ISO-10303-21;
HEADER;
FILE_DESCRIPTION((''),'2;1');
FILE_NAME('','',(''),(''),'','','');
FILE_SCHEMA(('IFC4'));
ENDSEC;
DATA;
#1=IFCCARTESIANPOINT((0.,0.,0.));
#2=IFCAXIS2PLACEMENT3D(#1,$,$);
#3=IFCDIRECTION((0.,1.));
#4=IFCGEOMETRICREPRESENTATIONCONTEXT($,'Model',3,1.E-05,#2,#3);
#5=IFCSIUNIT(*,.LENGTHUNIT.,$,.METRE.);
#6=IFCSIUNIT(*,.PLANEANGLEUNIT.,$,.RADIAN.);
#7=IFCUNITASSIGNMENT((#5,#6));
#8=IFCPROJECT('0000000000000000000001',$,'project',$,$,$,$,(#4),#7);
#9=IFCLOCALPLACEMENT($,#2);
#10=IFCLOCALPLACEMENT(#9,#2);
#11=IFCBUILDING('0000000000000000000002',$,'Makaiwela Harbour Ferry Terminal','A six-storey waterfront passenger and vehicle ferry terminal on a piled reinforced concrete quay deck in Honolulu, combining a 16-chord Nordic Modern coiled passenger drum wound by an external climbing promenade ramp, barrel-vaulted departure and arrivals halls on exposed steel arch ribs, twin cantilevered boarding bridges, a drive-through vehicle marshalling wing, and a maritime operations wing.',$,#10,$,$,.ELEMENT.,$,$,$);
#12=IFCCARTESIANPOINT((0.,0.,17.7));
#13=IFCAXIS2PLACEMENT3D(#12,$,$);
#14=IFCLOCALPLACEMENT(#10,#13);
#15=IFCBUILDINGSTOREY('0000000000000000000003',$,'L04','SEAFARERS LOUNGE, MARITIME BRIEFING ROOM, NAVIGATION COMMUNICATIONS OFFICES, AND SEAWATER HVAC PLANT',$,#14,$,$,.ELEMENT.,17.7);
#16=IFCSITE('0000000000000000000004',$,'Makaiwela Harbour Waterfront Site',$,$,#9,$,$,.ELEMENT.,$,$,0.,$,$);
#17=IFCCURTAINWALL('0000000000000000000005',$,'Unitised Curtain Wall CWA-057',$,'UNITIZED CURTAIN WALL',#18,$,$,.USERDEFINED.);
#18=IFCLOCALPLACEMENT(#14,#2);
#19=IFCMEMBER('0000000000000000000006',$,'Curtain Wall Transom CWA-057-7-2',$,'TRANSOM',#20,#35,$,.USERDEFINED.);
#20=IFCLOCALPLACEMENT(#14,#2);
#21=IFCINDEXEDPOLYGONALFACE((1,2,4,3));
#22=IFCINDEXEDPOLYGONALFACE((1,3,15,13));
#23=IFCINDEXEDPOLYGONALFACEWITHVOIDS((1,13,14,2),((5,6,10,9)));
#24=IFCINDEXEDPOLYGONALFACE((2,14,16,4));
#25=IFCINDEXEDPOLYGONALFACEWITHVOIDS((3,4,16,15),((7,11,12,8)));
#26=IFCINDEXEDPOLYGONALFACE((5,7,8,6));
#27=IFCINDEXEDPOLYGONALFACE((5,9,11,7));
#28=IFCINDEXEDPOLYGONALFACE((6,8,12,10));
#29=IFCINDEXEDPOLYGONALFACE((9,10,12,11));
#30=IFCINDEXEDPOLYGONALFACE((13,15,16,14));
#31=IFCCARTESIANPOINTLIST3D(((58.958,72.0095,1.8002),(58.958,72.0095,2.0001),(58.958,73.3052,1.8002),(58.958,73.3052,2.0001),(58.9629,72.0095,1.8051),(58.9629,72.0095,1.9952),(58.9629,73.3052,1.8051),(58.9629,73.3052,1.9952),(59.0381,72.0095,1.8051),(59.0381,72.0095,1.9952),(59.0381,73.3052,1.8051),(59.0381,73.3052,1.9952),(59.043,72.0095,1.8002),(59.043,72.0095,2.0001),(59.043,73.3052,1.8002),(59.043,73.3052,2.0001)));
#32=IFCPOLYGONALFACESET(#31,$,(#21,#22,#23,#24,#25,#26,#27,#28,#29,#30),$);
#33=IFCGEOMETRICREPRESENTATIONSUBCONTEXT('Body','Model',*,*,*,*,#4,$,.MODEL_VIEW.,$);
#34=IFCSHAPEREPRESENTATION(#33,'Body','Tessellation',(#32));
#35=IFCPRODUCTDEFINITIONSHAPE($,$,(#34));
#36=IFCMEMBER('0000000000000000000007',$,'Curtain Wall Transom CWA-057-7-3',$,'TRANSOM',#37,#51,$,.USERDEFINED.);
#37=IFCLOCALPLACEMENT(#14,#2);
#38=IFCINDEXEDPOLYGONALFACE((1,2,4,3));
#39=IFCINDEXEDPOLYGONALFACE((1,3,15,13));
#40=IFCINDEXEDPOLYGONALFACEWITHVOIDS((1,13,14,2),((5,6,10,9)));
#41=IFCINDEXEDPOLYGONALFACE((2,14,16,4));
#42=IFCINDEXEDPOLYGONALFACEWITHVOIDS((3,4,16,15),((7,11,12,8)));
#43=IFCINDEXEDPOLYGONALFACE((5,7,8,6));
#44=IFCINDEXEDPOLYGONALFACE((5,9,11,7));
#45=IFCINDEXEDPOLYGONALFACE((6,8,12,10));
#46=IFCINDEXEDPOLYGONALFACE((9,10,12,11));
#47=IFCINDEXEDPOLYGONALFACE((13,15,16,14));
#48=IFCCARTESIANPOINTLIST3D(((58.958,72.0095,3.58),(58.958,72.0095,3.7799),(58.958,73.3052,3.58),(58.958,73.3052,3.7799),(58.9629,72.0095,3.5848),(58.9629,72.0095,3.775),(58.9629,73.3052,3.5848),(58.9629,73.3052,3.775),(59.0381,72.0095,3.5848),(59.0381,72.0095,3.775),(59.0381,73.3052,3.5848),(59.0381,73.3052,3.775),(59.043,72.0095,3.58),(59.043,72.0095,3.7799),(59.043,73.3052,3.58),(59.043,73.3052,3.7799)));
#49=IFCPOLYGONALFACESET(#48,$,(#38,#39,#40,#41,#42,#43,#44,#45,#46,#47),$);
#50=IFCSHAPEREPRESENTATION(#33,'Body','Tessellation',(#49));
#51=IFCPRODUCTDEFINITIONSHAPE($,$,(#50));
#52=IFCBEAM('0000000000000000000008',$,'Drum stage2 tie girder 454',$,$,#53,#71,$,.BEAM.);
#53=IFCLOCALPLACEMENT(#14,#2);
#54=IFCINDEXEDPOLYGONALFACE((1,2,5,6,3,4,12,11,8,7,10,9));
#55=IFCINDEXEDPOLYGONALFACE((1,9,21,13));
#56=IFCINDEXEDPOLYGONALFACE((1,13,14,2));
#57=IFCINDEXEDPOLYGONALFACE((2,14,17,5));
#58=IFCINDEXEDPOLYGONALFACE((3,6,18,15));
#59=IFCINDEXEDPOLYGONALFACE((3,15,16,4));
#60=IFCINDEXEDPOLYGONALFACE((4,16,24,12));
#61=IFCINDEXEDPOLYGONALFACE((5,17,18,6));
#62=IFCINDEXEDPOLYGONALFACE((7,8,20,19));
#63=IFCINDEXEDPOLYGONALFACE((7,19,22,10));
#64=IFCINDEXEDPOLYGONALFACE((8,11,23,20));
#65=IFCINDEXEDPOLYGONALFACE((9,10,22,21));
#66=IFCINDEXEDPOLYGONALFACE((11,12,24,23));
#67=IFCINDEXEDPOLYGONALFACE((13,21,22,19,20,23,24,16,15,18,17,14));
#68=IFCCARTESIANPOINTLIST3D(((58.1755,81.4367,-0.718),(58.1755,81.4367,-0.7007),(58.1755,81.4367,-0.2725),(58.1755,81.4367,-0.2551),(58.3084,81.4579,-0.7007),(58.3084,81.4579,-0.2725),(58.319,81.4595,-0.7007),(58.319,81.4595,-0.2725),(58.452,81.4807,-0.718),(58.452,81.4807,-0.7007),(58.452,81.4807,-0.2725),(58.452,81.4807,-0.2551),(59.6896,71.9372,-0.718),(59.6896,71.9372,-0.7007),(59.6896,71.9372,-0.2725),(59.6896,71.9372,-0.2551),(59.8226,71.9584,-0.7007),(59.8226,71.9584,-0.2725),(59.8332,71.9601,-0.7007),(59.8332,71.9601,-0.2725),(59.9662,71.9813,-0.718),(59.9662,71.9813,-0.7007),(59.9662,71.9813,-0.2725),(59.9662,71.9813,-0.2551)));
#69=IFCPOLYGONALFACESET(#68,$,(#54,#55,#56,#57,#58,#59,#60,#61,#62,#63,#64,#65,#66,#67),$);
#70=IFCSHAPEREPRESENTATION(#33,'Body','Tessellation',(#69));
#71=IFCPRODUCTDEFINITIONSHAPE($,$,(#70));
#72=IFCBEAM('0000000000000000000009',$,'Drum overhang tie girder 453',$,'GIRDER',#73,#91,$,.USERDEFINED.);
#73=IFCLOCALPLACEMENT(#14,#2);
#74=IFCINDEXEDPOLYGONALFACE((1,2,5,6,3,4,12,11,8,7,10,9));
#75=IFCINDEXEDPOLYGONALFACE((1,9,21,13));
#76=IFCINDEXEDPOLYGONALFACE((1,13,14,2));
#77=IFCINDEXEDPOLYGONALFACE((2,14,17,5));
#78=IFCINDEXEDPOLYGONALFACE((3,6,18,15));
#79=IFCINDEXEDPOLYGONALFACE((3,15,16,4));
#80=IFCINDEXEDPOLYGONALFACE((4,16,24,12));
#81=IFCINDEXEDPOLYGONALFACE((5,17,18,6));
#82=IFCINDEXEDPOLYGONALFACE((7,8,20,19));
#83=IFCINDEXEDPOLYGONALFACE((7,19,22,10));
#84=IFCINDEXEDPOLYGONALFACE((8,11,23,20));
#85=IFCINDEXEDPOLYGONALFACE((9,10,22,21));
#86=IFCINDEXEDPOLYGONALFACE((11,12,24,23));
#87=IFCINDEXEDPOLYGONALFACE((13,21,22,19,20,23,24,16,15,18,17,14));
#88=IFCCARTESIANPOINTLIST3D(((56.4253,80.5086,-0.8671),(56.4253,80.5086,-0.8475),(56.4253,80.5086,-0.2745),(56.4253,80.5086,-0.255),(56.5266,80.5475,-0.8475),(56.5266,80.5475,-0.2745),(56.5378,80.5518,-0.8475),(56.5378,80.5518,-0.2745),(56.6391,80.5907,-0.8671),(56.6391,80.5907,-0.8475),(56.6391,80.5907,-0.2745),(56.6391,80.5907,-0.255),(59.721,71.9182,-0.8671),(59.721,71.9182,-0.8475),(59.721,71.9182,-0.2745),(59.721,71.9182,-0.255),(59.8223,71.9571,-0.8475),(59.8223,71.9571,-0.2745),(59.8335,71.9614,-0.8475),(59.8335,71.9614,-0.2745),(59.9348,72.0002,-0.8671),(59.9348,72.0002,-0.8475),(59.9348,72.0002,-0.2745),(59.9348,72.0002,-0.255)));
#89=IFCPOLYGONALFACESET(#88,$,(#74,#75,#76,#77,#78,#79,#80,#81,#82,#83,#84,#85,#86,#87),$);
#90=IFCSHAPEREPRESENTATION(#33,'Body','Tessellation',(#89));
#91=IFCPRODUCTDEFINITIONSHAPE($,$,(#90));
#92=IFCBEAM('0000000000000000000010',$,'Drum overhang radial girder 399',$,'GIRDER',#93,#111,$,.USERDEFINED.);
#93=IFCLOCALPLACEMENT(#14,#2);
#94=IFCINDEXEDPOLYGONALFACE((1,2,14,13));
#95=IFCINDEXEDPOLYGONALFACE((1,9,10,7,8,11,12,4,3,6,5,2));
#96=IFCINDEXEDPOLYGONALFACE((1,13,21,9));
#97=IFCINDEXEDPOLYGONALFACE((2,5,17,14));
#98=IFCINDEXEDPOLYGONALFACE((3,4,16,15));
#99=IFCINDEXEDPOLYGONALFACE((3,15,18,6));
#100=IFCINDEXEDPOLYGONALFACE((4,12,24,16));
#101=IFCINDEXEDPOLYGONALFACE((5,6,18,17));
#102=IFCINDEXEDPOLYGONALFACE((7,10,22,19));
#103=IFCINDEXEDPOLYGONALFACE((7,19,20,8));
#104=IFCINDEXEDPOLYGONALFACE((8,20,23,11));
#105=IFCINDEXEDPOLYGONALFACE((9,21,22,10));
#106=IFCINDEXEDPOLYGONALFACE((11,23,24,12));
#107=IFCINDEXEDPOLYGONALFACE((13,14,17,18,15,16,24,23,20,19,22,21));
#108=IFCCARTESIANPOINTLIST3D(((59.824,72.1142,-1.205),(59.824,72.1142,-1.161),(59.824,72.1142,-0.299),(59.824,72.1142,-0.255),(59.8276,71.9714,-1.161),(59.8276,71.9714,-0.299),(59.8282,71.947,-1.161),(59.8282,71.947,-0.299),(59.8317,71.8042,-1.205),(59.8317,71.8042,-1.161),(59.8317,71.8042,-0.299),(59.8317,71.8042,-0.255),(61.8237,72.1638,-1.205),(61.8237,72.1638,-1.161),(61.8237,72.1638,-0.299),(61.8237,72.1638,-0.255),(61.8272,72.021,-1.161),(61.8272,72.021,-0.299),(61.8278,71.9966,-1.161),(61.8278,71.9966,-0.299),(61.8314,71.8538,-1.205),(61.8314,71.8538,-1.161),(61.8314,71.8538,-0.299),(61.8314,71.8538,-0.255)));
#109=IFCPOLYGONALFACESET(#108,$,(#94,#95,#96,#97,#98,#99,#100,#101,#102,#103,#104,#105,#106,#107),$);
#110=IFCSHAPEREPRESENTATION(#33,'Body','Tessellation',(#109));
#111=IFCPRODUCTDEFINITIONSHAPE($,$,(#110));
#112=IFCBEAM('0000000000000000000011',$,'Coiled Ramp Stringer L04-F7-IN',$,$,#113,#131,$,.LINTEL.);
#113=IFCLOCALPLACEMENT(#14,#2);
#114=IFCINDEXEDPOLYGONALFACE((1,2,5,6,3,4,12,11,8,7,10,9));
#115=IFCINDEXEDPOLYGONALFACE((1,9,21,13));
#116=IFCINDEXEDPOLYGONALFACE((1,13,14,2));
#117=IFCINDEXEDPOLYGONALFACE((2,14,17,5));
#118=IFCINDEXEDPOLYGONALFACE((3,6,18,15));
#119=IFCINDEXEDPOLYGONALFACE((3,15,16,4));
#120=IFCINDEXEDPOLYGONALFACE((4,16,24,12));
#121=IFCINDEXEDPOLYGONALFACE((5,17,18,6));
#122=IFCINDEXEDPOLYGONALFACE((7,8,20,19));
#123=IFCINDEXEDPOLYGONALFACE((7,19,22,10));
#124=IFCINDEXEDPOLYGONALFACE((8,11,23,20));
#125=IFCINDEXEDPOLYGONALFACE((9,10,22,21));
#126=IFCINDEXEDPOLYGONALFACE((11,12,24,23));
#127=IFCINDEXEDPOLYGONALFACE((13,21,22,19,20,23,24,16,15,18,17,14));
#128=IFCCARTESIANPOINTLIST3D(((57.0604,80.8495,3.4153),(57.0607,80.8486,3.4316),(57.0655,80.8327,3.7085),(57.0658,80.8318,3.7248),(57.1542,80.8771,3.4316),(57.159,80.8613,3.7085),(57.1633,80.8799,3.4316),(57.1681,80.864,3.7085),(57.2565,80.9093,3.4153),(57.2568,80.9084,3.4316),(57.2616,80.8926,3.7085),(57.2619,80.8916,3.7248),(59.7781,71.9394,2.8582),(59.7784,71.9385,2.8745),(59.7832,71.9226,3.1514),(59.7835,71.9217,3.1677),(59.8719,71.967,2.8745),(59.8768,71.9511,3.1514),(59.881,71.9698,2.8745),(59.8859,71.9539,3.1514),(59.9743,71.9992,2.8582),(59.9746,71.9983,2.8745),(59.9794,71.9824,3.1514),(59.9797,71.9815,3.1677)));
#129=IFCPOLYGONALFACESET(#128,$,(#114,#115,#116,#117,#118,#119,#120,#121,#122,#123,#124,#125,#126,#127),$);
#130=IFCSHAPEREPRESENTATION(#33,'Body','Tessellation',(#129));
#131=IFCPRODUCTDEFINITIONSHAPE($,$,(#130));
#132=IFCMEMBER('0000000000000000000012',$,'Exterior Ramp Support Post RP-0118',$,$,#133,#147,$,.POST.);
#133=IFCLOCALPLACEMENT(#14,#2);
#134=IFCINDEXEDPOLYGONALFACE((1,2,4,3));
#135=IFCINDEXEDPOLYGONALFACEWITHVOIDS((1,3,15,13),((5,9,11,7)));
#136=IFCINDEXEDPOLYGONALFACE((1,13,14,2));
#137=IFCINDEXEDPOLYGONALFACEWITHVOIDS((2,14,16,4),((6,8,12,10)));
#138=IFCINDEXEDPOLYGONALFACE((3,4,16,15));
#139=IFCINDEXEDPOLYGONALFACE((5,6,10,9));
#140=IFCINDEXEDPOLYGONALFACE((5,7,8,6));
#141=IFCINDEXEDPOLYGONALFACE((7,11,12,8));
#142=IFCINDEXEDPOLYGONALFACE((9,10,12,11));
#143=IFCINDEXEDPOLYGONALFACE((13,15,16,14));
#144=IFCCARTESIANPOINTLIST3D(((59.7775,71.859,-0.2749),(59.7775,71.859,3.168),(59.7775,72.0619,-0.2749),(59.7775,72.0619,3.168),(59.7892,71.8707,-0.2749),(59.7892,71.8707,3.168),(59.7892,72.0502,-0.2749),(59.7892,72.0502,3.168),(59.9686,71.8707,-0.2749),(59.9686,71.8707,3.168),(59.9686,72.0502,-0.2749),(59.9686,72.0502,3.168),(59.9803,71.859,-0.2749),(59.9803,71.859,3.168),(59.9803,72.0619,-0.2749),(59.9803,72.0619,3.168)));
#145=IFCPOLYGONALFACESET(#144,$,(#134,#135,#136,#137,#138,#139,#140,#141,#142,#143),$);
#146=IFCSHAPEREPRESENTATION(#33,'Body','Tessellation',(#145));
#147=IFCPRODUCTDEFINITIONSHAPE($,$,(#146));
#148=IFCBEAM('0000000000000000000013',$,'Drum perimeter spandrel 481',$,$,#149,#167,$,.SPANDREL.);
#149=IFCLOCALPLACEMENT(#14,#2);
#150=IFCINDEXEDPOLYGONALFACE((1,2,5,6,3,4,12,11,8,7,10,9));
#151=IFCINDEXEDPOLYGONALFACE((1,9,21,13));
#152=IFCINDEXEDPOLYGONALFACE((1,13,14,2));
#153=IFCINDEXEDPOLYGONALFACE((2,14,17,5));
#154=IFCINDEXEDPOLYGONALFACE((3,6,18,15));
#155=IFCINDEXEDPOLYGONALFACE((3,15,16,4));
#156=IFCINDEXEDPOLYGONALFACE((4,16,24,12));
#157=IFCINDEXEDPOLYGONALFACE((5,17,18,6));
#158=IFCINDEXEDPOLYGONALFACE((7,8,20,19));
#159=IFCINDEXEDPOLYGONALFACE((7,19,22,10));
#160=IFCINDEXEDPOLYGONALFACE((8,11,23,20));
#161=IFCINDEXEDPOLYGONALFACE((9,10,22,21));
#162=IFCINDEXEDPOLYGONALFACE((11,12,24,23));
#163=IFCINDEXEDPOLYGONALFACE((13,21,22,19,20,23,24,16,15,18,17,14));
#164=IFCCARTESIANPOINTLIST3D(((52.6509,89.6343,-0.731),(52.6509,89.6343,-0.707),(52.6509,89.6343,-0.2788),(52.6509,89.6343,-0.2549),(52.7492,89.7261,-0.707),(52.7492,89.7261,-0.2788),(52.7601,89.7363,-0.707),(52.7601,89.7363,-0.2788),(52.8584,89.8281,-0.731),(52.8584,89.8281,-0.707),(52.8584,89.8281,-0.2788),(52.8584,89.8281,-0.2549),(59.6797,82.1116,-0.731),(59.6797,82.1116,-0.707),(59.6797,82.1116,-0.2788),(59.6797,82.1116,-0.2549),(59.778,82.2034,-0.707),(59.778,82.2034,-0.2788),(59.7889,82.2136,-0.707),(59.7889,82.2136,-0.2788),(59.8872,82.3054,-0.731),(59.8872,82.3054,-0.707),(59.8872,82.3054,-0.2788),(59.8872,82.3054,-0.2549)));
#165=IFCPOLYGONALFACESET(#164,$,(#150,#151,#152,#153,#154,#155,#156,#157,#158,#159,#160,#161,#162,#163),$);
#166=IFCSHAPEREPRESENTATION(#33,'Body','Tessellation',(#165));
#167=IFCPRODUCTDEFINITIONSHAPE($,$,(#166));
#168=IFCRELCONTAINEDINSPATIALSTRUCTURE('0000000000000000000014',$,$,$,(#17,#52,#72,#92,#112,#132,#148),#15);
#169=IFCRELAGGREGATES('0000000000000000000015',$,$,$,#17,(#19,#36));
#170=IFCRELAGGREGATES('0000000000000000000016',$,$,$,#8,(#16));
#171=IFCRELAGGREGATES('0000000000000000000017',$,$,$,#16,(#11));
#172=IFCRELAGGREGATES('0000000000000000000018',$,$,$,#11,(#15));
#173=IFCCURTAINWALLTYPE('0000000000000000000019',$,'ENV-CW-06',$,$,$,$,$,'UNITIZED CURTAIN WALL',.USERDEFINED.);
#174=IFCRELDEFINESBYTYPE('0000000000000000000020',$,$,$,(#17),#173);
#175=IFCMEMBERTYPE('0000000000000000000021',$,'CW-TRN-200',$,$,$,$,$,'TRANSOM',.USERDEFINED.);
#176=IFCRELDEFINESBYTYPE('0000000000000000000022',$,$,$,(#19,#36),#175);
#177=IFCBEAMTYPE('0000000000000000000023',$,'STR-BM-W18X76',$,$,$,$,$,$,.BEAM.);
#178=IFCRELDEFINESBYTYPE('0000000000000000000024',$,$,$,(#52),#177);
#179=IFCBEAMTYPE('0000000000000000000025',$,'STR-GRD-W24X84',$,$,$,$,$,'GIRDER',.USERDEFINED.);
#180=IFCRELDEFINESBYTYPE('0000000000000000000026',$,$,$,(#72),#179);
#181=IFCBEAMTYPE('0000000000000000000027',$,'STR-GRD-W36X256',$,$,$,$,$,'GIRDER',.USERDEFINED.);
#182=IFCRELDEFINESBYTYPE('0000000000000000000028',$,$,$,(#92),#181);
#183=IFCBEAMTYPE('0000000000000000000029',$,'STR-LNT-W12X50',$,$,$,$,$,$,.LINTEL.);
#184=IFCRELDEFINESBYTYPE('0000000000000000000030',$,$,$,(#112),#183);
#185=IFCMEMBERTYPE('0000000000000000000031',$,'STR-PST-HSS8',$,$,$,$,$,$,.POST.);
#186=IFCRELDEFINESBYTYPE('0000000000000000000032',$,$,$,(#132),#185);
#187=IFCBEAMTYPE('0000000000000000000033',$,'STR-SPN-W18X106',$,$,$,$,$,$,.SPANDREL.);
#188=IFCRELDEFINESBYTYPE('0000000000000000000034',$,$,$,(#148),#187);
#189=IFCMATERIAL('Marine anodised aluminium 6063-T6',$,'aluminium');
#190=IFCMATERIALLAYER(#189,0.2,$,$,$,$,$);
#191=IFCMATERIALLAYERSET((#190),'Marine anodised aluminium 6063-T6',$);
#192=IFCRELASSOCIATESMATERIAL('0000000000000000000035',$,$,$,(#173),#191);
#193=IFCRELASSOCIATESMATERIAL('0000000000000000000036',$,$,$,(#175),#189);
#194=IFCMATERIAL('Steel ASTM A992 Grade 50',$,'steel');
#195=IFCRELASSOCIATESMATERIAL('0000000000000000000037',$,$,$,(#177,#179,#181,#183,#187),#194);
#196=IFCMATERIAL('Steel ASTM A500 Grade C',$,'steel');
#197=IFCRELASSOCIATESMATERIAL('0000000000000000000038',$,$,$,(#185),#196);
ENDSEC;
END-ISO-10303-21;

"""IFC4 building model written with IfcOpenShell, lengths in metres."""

from ifc_helpers import new_model, si_unit, direction, frame, origin, origin_2d, place, context, subcontext, project, spatial, hollow_rectangle, i_section, extrude, material, layer, layer_set, material_profile, profile_set, type_object, element, aggregate, save


model = new_model("IFC4")

# Units and contexts
model_context = context("Model", 3, precision=1e-05, world=origin(), true_north=direction((0.0, 1.0)))
body_context = subcontext(model_context, "Body", "Model", "MODEL_VIEW")
ifc_project = project(units=[si_unit("LENGTHUNIT", "METRE"), si_unit("PLANEANGLEUNIT", "RADIAN")], contexts=[model_context])

# Site, building, storey
site_placement = place(None, origin())
site = spatial("IfcSite", under=ifc_project, at=site_placement, Name="Makaiwela Harbour Waterfront Site", CompositionType="ELEMENT", RefElevation=0.0)
building_placement = place(site_placement, origin())
building = spatial("IfcBuilding", under=site, at=building_placement, Name="Makaiwela Harbour Ferry Terminal", Description="A six-storey waterfront passenger and vehicle ferry terminal on a piled reinforced concrete quay deck in Honolulu, combining a 16-chord Nordic Modern coiled passenger drum wound by an external climbing promenade ramp, barrel-vaulted departure and arrivals halls on exposed steel arch ribs, twin cantilevered boarding bridges, a drive-through vehicle marshalling wing, and a maritime operations wing.", CompositionType="ELEMENT")
storey_placement = place(building_placement, frame((0.0, 0.0, 17.7)))
storey = spatial("IfcBuildingStorey", under=building, at=storey_placement, Name="L04", Description="SEAFARERS LOUNGE, MARITIME BRIEFING ROOM, NAVIGATION COMMUNICATIONS OFFICES, AND SEAWATER HVAC PLANT", CompositionType="ELEMENT", Elevation=17.7)

# Curtain wall, members
ifc_material_1 = material(Name="Marine anodised aluminium 6063-T6", Category="aluminium")
ifc_layer_1 = layer(ifc_material_1, 0.2)
ifc_layer_set_1 = layer_set([ifc_layer_1], Name="Marine anodised aluminium 6063-T6")
curtain_wall_type = type_object("IfcCurtainWallType", Name="ENV-CW-06", ElementType="UNITIZED CURTAIN WALL", PredefinedType="USERDEFINED", material=ifc_layer_set_1)
curtain_wall_placement = place(storey_placement, origin())
curtain_wall = element("IfcCurtainWall", 1, at=curtain_wall_placement, inside=storey, type_object=curtain_wall_type, Name="Unitised Curtain Wall CWA-057", ObjectType="UNITIZED CURTAIN WALL", PredefinedType="USERDEFINED")
ifc_material_profile_1 = material_profile(ifc_material_1, hollow_rectangle(XDim=0.085, YDim=0.2, WallThickness=0.0049, at=origin_2d()), Name="CWT-200X85")
ifc_profile_set_1 = profile_set([ifc_material_profile_1], Name="Marine anodised aluminium 6063-T6")
member_type_1 = type_object("IfcMemberType", Name="CW-TRN-200", ElementType="TRANSOM", PredefinedType="USERDEFINED", material=ifc_profile_set_1)
member_1_placement = place(storey_placement, frame((59.0005, 72.0095, 1.9001), z_axis=(0.0, 1.0, 0.0), x_axis=(-1.0, 0.0, 0.0)))
member_1 = element("IfcMember", 2, at=member_1_placement, type_object=member_type_1, Name="Curtain Wall Transom CWA-057-7-2", ObjectType="TRANSOM", PredefinedType="USERDEFINED", context=body_context, shape_type="SweptSolid", body=[
    extrude(hollow_rectangle(XDim=0.085, YDim=0.2, WallThickness=0.0049, at=origin_2d()), origin(), (0.0, 0.0, 1.0), 1.2957),
])
member_2_placement = place(storey_placement, frame((59.0005, 72.0095, 3.6799), z_axis=(0.0, 1.0, 0.0), x_axis=(-1.0, 0.0, 0.0)))
member_2 = element("IfcMember", 3, at=member_2_placement, type_object=member_type_1, Name="Curtain Wall Transom CWA-057-7-3", ObjectType="TRANSOM", PredefinedType="USERDEFINED", context=body_context, shape_type="SweptSolid", body=[
    extrude(hollow_rectangle(XDim=0.085, YDim=0.2, WallThickness=0.0049, at=origin_2d()), origin(), (0.0, 0.0, 1.0), 1.2957),
])

# Beams
ifc_material_2 = material(Name="Steel ASTM A992 Grade 50", Category="steel")
ifc_material_profile_2 = material_profile(ifc_material_2, i_section(OverallWidth=0.28, OverallDepth=0.4629, WebThickness=0.0107, FlangeThickness=0.0173, at=origin_2d()), Name="W18X76")
ifc_profile_set_2 = profile_set([ifc_material_profile_2], Name="Steel ASTM A992 Grade 50")
beam_type_1 = type_object("IfcBeamType", Name="STR-BM-W18X76", PredefinedType="BEAM", material=ifc_profile_set_2)
beam_1_placement = place(storey_placement, frame((59.8279, 71.9592, -0.4866), z_axis=(-0.157406, 0.987534, 0.0), x_axis=(-0.987534, -0.157406, 0.0)))
element("IfcBeam", 4, at=beam_1_placement, inside=storey, type_object=beam_type_1, Name="Drum stage2 tie girder 454", PredefinedType="BEAM", context=body_context, shape_type="SweptSolid", body=[
    extrude(i_section(OverallWidth=0.28, OverallDepth=0.4629, WebThickness=0.0107, FlangeThickness=0.0173, at=origin_2d()), origin(), (0.0, 0.0, 1.0), 9.6194),
])
ifc_material_profile_3 = material_profile(ifc_material_2, i_section(OverallWidth=0.229, OverallDepth=0.6121, WebThickness=0.012, FlangeThickness=0.0195, at=origin_2d()), Name="W24X84")
ifc_profile_set_3 = profile_set([ifc_material_profile_3], Name="Steel ASTM A992 Grade 50")
beam_type_2 = type_object("IfcBeamType", Name="STR-GRD-W24X84", ElementType="GIRDER", PredefinedType="USERDEFINED", material=ifc_profile_set_3)
beam_2_placement = place(storey_placement, frame((59.8279, 71.9592, -0.561), z_axis=(-0.358191, 0.933648, 0.0), x_axis=(-0.933648, -0.358191, 0.0)))
element("IfcBeam", 5, at=beam_2_placement, inside=storey, type_object=beam_type_2, Name="Drum overhang tie girder 453", ObjectType="GIRDER", PredefinedType="USERDEFINED", context=body_context, shape_type="SweptSolid", body=[
    extrude(i_section(OverallWidth=0.229, OverallDepth=0.6121, WebThickness=0.012, FlangeThickness=0.0195, at=origin_2d()), origin(), (0.0, 0.0, 1.0), 9.2009),
])
ifc_material_profile_4 = material_profile(ifc_material_2, i_section(OverallWidth=0.3101, OverallDepth=0.95, WebThickness=0.0244, FlangeThickness=0.0439, at=origin_2d()), Name="W36X256")
ifc_profile_set_4 = profile_set([ifc_material_profile_4], Name="Steel ASTM A992 Grade 50")
beam_type_3 = type_object("IfcBeamType", Name="STR-GRD-W36X256", ElementType="GIRDER", PredefinedType="USERDEFINED", material=ifc_profile_set_4)
beam_3_placement = place(storey_placement, frame((59.8279, 71.9592, -0.73), z_axis=(0.999693, 0.024779, 0.0), x_axis=(-0.024779, 0.999693, 0.0)))
element("IfcBeam", 6, at=beam_3_placement, inside=storey, type_object=beam_type_3, Name="Drum overhang radial girder 399", ObjectType="GIRDER", PredefinedType="USERDEFINED", context=body_context, shape_type="SweptSolid", body=[
    extrude(i_section(OverallWidth=0.3101, OverallDepth=0.95, WebThickness=0.0244, FlangeThickness=0.0439, at=origin_2d()), origin(), (0.0, 0.0, 1.0), 2.0002),
])
ifc_material_profile_5 = material_profile(ifc_material_2, i_section(OverallWidth=0.2051, OverallDepth=0.3101, WebThickness=0.0095, FlangeThickness=0.0164, at=origin_2d()), Name="W12X50")
ifc_profile_set_5 = profile_set([ifc_material_profile_5], Name="Steel ASTM A992 Grade 50")
beam_type_4 = type_object("IfcBeamType", Name="STR-LNT-W12X50", PredefinedType="LINTEL", material=ifc_profile_set_5)
beam_4_placement = place(storey_placement, frame((59.8789, 71.9604, 3.0129), z_axis=(-0.291229, 0.954789, 0.0597), x_axis=(-0.956495, -0.29175, 0.0)))
element("IfcBeam", 7, at=beam_4_placement, inside=storey, type_object=beam_type_4, Name="Coiled Ramp Stringer L04-F7-IN", PredefinedType="LINTEL", context=body_context, shape_type="SweptSolid", body=[
    extrude(i_section(OverallWidth=0.2051, OverallDepth=0.3101, WebThickness=0.0095, FlangeThickness=0.0164, at=origin_2d()), origin(), (0.0, 0.0, 1.0), 9.332),
])

# Member
ifc_material_3 = material(Name="Steel ASTM A500 Grade C", Category="steel")
ifc_material_profile_6 = material_profile(ifc_material_3, hollow_rectangle(XDim=0.2029, YDim=0.2029, WallThickness=0.0117, at=origin_2d()), Name="HSS8X8X1/2")
ifc_profile_set_6 = profile_set([ifc_material_profile_6], Name="Steel ASTM A500 Grade C")
member_type_2 = type_object("IfcMemberType", Name="STR-PST-HSS8", PredefinedType="POST", material=ifc_profile_set_6)
member_3_placement = place(storey_placement, frame((59.8789, 71.9604, -0.2749), z_axis=(0.0, 0.0, 1.0), x_axis=(1.0, 0.0, 0.0)))
element("IfcMember", 8, at=member_3_placement, inside=storey, type_object=member_type_2, Name="Exterior Ramp Support Post RP-0118", PredefinedType="POST", context=body_context, shape_type="SweptSolid", body=[
    extrude(hollow_rectangle(XDim=0.2029, YDim=0.2029, WallThickness=0.0117, at=origin_2d()), origin(), (0.0, 0.0, 1.0), 3.4429),
])

# Beam
ifc_material_profile_7 = material_profile(ifc_material_2, i_section(OverallWidth=0.2839, OverallDepth=0.4761, WebThickness=0.0149, FlangeThickness=0.0239, at=origin_2d()), Name="W18X106")
ifc_profile_set_7 = profile_set([ifc_material_profile_7], Name="Steel ASTM A992 Grade 50")
beam_type_5 = type_object("IfcBeamType", Name="STR-SPN-W18X106", PredefinedType="SPANDREL", material=ifc_profile_set_7)
beam_5_placement = place(storey_placement, frame((59.7834, 82.2085, -0.4929), z_axis=(-0.682714, 0.730686, 0.0), x_axis=(-0.730686, -0.682714, 0.0)))
element("IfcBeam", 9, at=beam_5_placement, inside=storey, type_object=beam_type_5, Name="Drum perimeter spandrel 481", PredefinedType="SPANDREL", context=body_context, shape_type="SweptSolid", body=[
    extrude(i_section(OverallWidth=0.2839, OverallDepth=0.4761, WebThickness=0.0149, FlangeThickness=0.0239, at=origin_2d()), origin(), (0.0, 0.0, 1.0), 10.2954),
])

aggregate(curtain_wall, [member_1, member_2])

save(model, "model.ifc")
